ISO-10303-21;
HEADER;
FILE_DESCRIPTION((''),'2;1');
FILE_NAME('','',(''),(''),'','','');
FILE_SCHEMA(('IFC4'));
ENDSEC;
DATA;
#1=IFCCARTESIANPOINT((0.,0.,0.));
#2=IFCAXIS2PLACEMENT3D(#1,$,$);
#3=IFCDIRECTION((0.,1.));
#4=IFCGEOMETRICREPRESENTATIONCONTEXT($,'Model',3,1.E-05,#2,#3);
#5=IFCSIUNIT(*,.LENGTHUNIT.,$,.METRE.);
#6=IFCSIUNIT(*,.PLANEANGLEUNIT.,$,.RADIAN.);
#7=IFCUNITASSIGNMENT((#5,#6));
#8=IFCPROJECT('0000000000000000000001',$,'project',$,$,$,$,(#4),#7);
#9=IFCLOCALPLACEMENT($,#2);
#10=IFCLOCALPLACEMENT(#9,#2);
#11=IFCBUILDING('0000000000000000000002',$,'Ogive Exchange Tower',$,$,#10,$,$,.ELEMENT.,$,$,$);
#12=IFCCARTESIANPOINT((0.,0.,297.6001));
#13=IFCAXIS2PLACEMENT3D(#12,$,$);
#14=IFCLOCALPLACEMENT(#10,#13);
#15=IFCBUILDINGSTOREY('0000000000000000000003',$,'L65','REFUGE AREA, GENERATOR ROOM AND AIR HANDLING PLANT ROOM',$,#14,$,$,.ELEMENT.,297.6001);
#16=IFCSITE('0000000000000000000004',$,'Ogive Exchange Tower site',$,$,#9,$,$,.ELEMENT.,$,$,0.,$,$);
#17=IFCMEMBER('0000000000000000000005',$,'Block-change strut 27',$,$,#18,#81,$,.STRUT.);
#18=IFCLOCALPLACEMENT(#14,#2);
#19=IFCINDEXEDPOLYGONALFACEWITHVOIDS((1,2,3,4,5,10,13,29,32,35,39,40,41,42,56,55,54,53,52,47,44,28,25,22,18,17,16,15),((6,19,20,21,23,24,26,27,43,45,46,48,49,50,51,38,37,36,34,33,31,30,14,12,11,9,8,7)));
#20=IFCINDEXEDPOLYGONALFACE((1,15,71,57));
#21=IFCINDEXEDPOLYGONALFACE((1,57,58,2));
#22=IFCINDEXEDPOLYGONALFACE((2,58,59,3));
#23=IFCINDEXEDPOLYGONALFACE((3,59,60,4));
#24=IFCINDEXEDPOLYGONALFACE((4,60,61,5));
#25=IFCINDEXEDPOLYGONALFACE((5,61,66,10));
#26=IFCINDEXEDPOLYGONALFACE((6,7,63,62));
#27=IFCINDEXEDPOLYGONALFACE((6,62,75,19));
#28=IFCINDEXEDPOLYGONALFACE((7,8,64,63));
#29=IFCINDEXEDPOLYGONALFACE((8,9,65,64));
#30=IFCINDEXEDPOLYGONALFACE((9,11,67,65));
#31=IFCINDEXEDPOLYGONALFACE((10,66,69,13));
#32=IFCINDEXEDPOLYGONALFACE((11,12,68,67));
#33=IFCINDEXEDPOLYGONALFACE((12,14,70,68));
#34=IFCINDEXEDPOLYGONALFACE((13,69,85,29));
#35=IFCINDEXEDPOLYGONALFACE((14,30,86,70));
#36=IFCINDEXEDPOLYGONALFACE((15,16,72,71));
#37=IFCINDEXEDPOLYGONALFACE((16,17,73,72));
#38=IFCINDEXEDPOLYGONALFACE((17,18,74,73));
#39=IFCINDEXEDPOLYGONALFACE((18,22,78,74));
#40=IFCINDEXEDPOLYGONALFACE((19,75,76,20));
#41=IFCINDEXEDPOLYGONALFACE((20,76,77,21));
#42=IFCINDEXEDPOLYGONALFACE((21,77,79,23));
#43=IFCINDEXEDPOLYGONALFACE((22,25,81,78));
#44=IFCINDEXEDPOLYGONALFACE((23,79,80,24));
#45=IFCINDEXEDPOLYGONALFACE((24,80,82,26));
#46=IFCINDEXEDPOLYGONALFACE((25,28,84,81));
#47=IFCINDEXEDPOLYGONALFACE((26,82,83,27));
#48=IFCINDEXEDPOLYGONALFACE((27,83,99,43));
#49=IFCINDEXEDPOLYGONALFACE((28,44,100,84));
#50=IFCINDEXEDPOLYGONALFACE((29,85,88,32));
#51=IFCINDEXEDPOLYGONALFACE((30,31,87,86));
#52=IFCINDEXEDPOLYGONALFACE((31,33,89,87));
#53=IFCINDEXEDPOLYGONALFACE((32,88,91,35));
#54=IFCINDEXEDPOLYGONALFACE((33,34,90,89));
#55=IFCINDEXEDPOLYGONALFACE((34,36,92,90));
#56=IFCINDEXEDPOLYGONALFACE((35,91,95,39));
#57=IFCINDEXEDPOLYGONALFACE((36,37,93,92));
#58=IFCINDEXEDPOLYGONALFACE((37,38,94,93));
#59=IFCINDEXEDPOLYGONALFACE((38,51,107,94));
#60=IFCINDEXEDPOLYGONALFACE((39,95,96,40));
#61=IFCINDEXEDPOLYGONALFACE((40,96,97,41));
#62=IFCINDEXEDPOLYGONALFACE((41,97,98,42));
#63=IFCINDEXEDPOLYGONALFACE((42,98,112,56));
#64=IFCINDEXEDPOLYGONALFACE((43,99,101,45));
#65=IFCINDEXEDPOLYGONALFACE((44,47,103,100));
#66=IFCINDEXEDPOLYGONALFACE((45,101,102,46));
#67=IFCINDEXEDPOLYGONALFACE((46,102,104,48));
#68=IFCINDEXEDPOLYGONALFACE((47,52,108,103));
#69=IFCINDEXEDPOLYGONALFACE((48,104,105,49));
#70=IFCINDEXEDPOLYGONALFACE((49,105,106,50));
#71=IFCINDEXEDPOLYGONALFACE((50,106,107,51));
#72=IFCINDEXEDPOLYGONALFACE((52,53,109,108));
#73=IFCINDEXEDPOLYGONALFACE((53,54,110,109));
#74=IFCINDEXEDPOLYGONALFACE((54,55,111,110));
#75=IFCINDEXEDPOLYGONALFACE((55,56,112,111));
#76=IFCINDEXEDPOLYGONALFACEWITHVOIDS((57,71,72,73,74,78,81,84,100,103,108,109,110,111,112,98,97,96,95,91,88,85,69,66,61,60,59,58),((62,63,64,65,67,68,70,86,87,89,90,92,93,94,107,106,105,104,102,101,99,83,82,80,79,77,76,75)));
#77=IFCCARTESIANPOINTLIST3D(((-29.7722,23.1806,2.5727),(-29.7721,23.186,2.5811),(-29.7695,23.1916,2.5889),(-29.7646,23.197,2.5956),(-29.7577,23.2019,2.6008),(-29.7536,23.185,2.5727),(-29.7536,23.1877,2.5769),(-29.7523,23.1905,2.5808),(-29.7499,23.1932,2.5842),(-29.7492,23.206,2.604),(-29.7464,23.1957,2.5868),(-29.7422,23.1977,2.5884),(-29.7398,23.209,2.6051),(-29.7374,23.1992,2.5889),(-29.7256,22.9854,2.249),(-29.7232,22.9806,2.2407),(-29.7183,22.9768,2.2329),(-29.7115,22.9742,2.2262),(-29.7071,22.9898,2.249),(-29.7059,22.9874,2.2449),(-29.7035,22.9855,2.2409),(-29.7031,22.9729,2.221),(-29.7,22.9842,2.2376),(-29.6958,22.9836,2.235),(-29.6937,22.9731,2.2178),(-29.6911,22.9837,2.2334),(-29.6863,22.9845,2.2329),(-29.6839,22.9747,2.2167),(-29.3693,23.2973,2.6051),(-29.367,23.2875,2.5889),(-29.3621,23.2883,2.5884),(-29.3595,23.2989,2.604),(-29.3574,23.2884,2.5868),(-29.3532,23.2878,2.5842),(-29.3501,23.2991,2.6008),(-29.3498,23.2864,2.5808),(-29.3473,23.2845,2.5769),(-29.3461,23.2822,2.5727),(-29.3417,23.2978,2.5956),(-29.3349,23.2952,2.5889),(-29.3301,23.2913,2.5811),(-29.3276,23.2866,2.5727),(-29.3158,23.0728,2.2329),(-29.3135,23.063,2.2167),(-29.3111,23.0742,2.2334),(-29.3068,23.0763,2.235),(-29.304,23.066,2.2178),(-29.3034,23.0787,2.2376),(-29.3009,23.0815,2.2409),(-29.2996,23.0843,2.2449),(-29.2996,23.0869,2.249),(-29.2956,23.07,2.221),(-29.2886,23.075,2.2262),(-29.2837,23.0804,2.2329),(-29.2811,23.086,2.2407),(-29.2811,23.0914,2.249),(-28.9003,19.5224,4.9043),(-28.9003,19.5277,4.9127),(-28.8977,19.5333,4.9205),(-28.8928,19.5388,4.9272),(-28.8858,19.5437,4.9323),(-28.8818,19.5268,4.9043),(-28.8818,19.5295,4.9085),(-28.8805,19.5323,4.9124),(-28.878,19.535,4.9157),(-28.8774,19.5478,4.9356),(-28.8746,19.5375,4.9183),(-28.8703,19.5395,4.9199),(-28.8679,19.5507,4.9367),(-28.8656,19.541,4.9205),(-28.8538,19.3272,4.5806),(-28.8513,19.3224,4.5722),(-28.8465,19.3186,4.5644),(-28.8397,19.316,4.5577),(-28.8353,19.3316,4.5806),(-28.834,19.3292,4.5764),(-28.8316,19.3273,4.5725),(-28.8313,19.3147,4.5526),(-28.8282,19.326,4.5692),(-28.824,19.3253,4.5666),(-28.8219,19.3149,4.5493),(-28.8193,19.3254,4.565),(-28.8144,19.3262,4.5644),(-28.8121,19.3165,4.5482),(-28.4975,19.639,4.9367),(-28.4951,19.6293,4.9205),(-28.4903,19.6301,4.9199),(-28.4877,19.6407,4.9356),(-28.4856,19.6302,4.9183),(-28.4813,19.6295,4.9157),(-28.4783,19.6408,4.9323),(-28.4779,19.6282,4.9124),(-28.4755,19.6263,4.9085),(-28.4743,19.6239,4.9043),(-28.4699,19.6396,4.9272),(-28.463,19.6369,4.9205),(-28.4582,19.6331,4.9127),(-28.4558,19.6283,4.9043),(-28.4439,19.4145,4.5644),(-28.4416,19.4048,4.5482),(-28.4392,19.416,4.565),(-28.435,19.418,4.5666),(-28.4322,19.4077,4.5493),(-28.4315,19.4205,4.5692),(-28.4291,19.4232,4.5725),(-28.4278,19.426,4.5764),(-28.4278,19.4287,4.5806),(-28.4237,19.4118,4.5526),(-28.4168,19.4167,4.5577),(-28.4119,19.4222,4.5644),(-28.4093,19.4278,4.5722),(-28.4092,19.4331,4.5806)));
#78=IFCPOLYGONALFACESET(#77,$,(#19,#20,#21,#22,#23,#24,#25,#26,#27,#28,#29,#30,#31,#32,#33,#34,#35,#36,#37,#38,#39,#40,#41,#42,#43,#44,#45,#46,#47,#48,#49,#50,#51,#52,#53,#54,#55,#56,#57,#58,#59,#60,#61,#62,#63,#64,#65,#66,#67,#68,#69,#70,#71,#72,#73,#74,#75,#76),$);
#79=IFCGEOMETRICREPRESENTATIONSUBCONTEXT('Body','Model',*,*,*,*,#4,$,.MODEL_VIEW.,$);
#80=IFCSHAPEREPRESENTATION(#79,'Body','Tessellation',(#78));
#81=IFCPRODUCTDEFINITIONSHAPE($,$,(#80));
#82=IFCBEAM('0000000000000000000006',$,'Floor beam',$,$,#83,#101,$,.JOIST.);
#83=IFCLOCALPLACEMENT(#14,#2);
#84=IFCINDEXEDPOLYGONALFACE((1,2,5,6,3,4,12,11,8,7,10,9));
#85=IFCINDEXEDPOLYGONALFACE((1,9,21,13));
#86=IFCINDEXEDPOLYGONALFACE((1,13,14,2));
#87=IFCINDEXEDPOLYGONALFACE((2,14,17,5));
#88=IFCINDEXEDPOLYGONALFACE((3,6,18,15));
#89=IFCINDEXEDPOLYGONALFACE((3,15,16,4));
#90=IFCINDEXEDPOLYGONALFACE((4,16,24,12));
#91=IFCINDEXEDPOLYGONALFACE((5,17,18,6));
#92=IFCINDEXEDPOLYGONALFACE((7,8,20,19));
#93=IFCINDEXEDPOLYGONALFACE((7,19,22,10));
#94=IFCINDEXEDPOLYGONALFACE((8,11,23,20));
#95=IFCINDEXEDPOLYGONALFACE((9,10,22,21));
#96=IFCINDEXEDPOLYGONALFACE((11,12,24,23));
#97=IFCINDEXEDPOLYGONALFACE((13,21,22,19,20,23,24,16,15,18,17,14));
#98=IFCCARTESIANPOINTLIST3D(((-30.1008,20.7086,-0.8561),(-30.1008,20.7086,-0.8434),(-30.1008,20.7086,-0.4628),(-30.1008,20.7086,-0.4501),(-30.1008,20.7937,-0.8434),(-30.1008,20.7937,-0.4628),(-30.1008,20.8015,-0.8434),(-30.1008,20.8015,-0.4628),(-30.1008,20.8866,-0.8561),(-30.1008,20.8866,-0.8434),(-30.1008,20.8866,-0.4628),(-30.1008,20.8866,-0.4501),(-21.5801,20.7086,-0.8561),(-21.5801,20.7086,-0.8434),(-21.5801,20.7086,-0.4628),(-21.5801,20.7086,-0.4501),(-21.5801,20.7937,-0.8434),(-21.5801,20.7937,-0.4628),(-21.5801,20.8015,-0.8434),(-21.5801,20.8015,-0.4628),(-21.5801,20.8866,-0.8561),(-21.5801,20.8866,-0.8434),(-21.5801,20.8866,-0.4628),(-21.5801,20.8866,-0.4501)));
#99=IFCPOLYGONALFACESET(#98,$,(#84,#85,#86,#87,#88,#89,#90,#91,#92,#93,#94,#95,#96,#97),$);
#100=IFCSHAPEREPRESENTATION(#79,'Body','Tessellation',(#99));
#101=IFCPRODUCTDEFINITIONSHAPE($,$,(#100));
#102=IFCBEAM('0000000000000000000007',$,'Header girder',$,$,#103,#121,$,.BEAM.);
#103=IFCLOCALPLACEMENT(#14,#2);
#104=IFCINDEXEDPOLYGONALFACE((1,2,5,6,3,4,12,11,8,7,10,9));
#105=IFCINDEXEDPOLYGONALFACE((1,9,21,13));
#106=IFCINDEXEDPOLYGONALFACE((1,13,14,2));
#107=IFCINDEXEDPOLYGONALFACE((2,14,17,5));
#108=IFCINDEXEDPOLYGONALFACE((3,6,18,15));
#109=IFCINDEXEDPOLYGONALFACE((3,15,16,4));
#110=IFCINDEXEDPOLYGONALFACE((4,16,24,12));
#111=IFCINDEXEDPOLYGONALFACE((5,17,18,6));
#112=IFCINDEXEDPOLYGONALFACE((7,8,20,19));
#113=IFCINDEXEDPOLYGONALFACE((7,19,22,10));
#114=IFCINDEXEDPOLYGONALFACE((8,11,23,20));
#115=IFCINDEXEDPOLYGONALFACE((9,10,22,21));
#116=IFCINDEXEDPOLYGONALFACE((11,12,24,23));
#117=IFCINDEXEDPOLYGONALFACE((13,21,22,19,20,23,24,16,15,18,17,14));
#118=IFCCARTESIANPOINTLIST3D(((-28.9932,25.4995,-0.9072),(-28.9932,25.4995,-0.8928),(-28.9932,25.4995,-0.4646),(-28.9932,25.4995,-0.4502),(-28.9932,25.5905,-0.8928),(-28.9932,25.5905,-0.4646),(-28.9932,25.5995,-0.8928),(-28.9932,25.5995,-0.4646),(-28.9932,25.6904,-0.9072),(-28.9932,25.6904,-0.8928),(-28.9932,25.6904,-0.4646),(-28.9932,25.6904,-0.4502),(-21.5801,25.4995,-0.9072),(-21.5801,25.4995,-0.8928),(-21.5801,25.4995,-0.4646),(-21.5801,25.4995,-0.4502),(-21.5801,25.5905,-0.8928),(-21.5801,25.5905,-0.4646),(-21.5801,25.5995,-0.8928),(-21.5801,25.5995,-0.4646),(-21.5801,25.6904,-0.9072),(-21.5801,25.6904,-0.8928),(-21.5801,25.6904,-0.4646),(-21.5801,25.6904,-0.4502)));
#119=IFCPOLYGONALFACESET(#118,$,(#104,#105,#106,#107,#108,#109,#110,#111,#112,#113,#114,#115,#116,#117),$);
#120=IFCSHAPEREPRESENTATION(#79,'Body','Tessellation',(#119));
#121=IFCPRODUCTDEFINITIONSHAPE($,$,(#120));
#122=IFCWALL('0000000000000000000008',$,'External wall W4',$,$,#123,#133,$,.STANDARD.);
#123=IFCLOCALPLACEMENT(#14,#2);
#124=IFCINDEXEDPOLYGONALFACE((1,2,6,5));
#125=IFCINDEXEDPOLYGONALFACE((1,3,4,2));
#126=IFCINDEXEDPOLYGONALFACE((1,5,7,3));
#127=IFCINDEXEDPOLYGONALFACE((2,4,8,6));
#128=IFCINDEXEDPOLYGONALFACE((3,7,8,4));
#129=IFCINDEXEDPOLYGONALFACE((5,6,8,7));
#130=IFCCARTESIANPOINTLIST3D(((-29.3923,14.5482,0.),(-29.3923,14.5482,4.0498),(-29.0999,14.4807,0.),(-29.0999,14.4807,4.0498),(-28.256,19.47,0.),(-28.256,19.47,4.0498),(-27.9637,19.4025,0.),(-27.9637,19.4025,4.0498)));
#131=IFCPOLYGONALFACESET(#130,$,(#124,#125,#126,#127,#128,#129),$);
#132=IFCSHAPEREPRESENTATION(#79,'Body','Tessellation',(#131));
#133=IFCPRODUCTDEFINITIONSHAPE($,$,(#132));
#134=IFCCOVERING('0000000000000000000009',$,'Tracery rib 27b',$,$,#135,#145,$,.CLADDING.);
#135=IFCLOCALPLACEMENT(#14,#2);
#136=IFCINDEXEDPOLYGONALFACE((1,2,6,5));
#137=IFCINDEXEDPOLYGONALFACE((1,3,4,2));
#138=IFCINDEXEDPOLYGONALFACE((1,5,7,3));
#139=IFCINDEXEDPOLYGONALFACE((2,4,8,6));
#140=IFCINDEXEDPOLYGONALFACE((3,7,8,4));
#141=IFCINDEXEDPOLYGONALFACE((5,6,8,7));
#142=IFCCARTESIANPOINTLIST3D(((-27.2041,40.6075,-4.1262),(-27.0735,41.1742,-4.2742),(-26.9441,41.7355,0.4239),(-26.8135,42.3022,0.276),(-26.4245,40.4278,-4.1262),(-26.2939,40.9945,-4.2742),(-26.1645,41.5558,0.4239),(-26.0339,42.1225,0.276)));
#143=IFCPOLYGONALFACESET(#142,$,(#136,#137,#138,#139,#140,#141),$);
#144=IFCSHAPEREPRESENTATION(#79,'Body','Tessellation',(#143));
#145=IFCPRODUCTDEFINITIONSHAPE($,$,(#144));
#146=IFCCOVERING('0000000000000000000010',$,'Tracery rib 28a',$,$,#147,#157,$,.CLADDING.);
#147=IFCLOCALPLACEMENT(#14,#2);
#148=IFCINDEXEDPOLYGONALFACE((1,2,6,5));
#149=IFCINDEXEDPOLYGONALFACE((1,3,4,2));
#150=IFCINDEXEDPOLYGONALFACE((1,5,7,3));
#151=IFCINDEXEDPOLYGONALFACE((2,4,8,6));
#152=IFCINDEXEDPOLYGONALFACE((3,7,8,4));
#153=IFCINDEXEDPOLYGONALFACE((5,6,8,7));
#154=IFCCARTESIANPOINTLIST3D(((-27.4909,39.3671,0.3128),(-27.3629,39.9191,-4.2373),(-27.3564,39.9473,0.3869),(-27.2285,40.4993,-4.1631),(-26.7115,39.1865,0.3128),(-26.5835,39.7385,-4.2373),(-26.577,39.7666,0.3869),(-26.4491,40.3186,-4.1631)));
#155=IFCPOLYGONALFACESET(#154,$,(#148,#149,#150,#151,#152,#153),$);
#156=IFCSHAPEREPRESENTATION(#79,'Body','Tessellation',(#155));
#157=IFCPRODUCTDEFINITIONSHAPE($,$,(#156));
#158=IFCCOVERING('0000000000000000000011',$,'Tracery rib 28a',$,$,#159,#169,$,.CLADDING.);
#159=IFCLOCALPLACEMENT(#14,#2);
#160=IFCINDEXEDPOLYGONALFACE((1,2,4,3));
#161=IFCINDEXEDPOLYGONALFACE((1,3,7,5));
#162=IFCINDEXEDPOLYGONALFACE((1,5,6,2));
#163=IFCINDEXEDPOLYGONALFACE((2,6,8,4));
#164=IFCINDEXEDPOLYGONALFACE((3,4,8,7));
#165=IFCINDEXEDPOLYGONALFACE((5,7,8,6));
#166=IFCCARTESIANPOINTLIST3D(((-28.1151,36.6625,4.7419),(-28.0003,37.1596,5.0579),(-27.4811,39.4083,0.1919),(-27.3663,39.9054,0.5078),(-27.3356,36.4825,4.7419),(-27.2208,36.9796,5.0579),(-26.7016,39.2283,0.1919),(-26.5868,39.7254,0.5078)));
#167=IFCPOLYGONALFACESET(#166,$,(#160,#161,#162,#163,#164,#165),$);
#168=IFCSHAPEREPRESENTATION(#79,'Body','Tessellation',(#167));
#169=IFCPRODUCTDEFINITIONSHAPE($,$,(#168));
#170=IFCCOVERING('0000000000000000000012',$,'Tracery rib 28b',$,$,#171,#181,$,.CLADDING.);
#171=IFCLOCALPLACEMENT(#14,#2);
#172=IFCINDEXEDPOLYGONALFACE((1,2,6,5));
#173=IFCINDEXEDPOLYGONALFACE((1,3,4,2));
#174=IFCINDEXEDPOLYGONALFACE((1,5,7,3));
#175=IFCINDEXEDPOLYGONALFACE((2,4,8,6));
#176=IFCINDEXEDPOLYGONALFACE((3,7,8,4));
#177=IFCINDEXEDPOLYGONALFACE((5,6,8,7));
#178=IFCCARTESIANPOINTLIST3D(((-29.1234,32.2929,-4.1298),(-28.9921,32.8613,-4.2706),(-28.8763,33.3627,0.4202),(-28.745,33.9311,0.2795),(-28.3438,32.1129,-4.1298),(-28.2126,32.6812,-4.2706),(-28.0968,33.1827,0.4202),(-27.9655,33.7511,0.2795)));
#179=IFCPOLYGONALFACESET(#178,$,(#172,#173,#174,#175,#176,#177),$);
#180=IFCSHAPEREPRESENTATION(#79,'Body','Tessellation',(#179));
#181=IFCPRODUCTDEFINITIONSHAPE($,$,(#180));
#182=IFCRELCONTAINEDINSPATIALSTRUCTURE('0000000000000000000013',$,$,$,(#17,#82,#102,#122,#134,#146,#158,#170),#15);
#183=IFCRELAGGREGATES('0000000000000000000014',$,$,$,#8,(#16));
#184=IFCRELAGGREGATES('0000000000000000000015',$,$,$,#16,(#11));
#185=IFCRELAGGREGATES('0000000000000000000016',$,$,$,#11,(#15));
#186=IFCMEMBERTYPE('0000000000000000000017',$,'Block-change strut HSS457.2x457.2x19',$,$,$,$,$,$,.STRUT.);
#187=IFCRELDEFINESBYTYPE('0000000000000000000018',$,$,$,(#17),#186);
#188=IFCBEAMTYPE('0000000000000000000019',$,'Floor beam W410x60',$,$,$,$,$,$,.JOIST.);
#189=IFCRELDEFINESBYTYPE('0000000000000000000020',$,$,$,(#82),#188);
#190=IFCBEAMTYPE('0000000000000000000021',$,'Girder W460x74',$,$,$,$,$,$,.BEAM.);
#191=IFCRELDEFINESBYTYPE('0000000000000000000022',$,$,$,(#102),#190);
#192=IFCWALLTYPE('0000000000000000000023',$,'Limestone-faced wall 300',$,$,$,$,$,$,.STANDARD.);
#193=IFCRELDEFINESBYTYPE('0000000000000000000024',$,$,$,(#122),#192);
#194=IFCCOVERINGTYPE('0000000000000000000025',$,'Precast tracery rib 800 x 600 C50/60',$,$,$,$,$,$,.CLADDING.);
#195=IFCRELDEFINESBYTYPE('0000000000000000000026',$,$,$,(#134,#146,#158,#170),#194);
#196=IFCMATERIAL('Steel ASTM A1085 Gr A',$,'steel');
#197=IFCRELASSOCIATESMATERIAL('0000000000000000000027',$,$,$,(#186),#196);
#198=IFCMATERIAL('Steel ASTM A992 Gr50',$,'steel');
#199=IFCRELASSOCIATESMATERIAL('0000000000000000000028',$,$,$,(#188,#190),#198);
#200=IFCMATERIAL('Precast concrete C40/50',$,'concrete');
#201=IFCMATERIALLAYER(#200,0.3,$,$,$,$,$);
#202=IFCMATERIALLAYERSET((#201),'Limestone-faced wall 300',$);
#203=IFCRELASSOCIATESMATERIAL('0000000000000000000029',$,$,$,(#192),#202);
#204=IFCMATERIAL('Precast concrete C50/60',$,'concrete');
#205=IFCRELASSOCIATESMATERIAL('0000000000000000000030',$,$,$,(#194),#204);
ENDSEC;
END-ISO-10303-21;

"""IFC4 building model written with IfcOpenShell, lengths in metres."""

from ifc_helpers import new_model, si_unit, direction, frame, frame_2d, origin, origin_2d, place, context, subcontext, project, spatial, rectangle, hollow_rectangle, i_section, extrude, material, layer, layer_set, material_profile, profile_set, type_object, element, save


model = new_model("IFC4")

# Units and contexts
model_context = context("Model", 3, precision=1e-05, world=origin(), true_north=direction((0.0, 1.0)))
body_context = subcontext(model_context, "Body", "Model", "MODEL_VIEW")
ifc_project = project(units=[si_unit("LENGTHUNIT", "METRE"), si_unit("PLANEANGLEUNIT", "RADIAN")], contexts=[model_context])

# Site, building, storey
site_placement = place(None, origin())
site = spatial("IfcSite", under=ifc_project, at=site_placement, Name="Ogive Exchange Tower site", CompositionType="ELEMENT", RefElevation=0.0)
building_placement = place(site_placement, origin())
building = spatial("IfcBuilding", under=site, at=building_placement, Name="Ogive Exchange Tower", CompositionType="ELEMENT")
storey_placement = place(building_placement, frame((0.0, 0.0, 297.6001)))
storey = spatial("IfcBuildingStorey", under=building, at=storey_placement, Name="L65", Description="REFUGE AREA, GENERATOR ROOM AND AIR HANDLING PLANT ROOM", CompositionType="ELEMENT", Elevation=297.6001)

# Shared definitions
ifc_material_1 = material(Name="Steel ASTM A992 Gr50", Category="steel")

# Shared definitions
ifc_material_2 = material(Name="Steel ASTM A1085 Gr A", Category="steel")

# Member
ifc_material_profile_1 = material_profile(ifc_material_2, hollow_rectangle(XDim=0.457, YDim=0.457, WallThickness=0.019, InnerFilletRadius=0.019, OuterFilletRadius=0.0381, at=origin_2d()), Name="HSS457.2x457.2x19")
ifc_profile_set_1 = profile_set([ifc_material_profile_1], Name="Steel ASTM A1085 Gr A")
member_type_1 = type_object("IfcMemberType", Name="Block-change strut HSS457.2x457.2x19", PredefinedType="STRUT", material=ifc_profile_set_1)
member_1_placement = place(storey_placement, frame((-29.5266, 23.136, 2.4109), z_axis=(0.197033, -0.826755, 0.526929), x_axis=(0.972757, 0.231828, 0.0)))
element("IfcMember", 1, at=member_1_placement, inside=storey, type_object=member_type_1, Name="Block-change strut 27", PredefinedType="STRUT", context=body_context, shape_type="SweptSolid", body=[
    extrude(hollow_rectangle(XDim=0.457, YDim=0.457, WallThickness=0.019, InnerFilletRadius=0.019, OuterFilletRadius=0.0381, at=origin_2d()), origin(), (0.0, 0.0, 1.0), 4.4248),
])

# Beams
ifc_material_profile_2 = material_profile(ifc_material_1, i_section(OverallWidth=0.178, OverallDepth=0.406, WebThickness=0.0078, FlangeThickness=0.0127, at=origin_2d()), Name="W410x60")
ifc_profile_set_2 = profile_set([ifc_material_profile_2], Name="Steel ASTM A992 Gr50")
beam_type_1 = type_object("IfcBeamType", Name="Floor beam W410x60", PredefinedType="JOIST", material=ifc_profile_set_2)
beam_1_placement = place(storey_placement, frame((-30.1008, 20.7976, -0.6531), z_axis=(1.0, 0.0, 0.0), x_axis=(0.0, 1.0, 0.0)))
element("IfcBeam", 2, at=beam_1_placement, inside=storey, type_object=beam_type_1, Name="Floor beam", PredefinedType="JOIST", context=body_context, shape_type="SweptSolid", body=[
    extrude(i_section(OverallWidth=0.178, OverallDepth=0.406, WebThickness=0.0078, FlangeThickness=0.0127, at=origin_2d()), origin(), (0.0, 0.0, 1.0), 8.5208),
])
ifc_material_profile_3 = material_profile(ifc_material_1, i_section(OverallWidth=0.1909, OverallDepth=0.457, WebThickness=0.009, FlangeThickness=0.0144, at=origin_2d()), Name="W460x74")
ifc_profile_set_3 = profile_set([ifc_material_profile_3], Name="Steel ASTM A992 Gr50")
beam_type_2 = type_object("IfcBeamType", Name="Girder W460x74", PredefinedType="BEAM", material=ifc_profile_set_3)
beam_2_placement = place(storey_placement, frame((-28.9932, 25.595, -0.6787), z_axis=(1.0, 0.0, 0.0), x_axis=(0.0, 1.0, 0.0)))
element("IfcBeam", 3, at=beam_2_placement, inside=storey, type_object=beam_type_2, Name="Header girder", PredefinedType="BEAM", context=body_context, shape_type="SweptSolid", body=[
    extrude(i_section(OverallWidth=0.1909, OverallDepth=0.457, WebThickness=0.009, FlangeThickness=0.0144, at=origin_2d()), origin(), (0.0, 0.0, 1.0), 7.4131),
])

# Wall
ifc_material_3 = material(Name="Precast concrete C40/50", Category="concrete")
ifc_layer = layer(ifc_material_3, 0.3)
ifc_layer_set = layer_set([ifc_layer], Name="Limestone-faced wall 300")
wall_type = type_object("IfcWallType", Name="Limestone-faced wall 300", PredefinedType="STANDARD", material=ifc_layer_set)
wall_placement = place(storey_placement, frame((-28.1099, 19.4363, 0.0), z_axis=(0.0, 0.0, 1.0), x_axis=(-0.224937, -0.974373, 0.0)))
element("IfcWall", 4, at=wall_placement, inside=storey, type_object=wall_type, Name="External wall W4", PredefinedType="STANDARD", context=body_context, shape_type="SweptSolid", body=[
    extrude(rectangle(XDim=5.0513, YDim=0.3, at=frame_2d((2.5256, 0.0))), origin(), (0.0, 0.0, 1.0), 4.0498),
])

# Coverings
ifc_material_4 = material(Name="Precast concrete C50/60", Category="concrete")
ifc_material_profile_4 = material_profile(ifc_material_4, rectangle(XDim=0.8, YDim=0.6001, at=origin_2d()), Name="RIB 800 x 600")
ifc_profile_set_4 = profile_set([ifc_material_profile_4], Name="Precast concrete C50/60")
covering_type = type_object("IfcCoveringType", Name="Precast tracery rib 800 x 600 C50/60", PredefinedType="CLADDING", material=ifc_profile_set_4)
covering_1_placement = place(storey_placement, frame((-26.749, 40.801, -4.2002), z_axis=(0.05538, 0.240242, 0.969132), x_axis=(-0.974444, 0.224628, 0.0)))
element("IfcCovering", 5, at=covering_1_placement, inside=storey, type_object=covering_type, Name="Tracery rib 27b", PredefinedType="CLADDING", context=body_context, shape_type="SweptSolid", body=[
    extrude(rectangle(XDim=0.8, YDim=0.6001, at=origin_2d()), origin(), (0.0, 0.0, 1.0), 4.6951),
])
covering_2_placement = place(storey_placement, frame((-26.906, 40.1189, -4.2002), z_axis=(-0.027901, -0.120388, 0.992335), x_axis=(0.97418, -0.225772, 0.0)))
element("IfcCovering", 6, at=covering_2_placement, inside=storey, type_object=covering_type, Name="Tracery rib 28a", PredefinedType="CLADDING", context=body_context, shape_type="SweptSolid", body=[
    extrude(rectangle(XDim=0.8, YDim=0.6001, at=origin_2d()), origin(), (0.0, 0.0, 1.0), 4.5852),
])
covering_3_placement = place(storey_placement, frame((-27.0339, 39.5669, 0.3499), z_axis=(-0.118465, -0.513045, 0.850148), x_axis=(0.974362, -0.224986, 0.0)))
element("IfcCovering", 7, at=covering_3_placement, inside=storey, type_object=covering_type, Name="Tracery rib 28a", PredefinedType="CLADDING", context=body_context, shape_type="SweptSolid", body=[
    extrude(rectangle(XDim=0.8, YDim=0.6001, at=origin_2d()), origin(), (0.0, 0.0, 1.0), 5.3521),
])
covering_4_placement = place(storey_placement, frame((-28.668, 32.4871, -4.2002), z_axis=(0.052785, 0.228563, 0.972097), x_axis=(-0.974354, 0.225022, 0.0)))
element("IfcCovering", 8, at=covering_4_placement, inside=storey, type_object=covering_type, Name="Tracery rib 28b", PredefinedType="CLADDING", context=body_context, shape_type="SweptSolid", body=[
    extrude(rectangle(XDim=0.8, YDim=0.6001, at=origin_2d()), origin(), (0.0, 0.0, 1.0), 4.6807),
])

save(model, "model.ifc")
